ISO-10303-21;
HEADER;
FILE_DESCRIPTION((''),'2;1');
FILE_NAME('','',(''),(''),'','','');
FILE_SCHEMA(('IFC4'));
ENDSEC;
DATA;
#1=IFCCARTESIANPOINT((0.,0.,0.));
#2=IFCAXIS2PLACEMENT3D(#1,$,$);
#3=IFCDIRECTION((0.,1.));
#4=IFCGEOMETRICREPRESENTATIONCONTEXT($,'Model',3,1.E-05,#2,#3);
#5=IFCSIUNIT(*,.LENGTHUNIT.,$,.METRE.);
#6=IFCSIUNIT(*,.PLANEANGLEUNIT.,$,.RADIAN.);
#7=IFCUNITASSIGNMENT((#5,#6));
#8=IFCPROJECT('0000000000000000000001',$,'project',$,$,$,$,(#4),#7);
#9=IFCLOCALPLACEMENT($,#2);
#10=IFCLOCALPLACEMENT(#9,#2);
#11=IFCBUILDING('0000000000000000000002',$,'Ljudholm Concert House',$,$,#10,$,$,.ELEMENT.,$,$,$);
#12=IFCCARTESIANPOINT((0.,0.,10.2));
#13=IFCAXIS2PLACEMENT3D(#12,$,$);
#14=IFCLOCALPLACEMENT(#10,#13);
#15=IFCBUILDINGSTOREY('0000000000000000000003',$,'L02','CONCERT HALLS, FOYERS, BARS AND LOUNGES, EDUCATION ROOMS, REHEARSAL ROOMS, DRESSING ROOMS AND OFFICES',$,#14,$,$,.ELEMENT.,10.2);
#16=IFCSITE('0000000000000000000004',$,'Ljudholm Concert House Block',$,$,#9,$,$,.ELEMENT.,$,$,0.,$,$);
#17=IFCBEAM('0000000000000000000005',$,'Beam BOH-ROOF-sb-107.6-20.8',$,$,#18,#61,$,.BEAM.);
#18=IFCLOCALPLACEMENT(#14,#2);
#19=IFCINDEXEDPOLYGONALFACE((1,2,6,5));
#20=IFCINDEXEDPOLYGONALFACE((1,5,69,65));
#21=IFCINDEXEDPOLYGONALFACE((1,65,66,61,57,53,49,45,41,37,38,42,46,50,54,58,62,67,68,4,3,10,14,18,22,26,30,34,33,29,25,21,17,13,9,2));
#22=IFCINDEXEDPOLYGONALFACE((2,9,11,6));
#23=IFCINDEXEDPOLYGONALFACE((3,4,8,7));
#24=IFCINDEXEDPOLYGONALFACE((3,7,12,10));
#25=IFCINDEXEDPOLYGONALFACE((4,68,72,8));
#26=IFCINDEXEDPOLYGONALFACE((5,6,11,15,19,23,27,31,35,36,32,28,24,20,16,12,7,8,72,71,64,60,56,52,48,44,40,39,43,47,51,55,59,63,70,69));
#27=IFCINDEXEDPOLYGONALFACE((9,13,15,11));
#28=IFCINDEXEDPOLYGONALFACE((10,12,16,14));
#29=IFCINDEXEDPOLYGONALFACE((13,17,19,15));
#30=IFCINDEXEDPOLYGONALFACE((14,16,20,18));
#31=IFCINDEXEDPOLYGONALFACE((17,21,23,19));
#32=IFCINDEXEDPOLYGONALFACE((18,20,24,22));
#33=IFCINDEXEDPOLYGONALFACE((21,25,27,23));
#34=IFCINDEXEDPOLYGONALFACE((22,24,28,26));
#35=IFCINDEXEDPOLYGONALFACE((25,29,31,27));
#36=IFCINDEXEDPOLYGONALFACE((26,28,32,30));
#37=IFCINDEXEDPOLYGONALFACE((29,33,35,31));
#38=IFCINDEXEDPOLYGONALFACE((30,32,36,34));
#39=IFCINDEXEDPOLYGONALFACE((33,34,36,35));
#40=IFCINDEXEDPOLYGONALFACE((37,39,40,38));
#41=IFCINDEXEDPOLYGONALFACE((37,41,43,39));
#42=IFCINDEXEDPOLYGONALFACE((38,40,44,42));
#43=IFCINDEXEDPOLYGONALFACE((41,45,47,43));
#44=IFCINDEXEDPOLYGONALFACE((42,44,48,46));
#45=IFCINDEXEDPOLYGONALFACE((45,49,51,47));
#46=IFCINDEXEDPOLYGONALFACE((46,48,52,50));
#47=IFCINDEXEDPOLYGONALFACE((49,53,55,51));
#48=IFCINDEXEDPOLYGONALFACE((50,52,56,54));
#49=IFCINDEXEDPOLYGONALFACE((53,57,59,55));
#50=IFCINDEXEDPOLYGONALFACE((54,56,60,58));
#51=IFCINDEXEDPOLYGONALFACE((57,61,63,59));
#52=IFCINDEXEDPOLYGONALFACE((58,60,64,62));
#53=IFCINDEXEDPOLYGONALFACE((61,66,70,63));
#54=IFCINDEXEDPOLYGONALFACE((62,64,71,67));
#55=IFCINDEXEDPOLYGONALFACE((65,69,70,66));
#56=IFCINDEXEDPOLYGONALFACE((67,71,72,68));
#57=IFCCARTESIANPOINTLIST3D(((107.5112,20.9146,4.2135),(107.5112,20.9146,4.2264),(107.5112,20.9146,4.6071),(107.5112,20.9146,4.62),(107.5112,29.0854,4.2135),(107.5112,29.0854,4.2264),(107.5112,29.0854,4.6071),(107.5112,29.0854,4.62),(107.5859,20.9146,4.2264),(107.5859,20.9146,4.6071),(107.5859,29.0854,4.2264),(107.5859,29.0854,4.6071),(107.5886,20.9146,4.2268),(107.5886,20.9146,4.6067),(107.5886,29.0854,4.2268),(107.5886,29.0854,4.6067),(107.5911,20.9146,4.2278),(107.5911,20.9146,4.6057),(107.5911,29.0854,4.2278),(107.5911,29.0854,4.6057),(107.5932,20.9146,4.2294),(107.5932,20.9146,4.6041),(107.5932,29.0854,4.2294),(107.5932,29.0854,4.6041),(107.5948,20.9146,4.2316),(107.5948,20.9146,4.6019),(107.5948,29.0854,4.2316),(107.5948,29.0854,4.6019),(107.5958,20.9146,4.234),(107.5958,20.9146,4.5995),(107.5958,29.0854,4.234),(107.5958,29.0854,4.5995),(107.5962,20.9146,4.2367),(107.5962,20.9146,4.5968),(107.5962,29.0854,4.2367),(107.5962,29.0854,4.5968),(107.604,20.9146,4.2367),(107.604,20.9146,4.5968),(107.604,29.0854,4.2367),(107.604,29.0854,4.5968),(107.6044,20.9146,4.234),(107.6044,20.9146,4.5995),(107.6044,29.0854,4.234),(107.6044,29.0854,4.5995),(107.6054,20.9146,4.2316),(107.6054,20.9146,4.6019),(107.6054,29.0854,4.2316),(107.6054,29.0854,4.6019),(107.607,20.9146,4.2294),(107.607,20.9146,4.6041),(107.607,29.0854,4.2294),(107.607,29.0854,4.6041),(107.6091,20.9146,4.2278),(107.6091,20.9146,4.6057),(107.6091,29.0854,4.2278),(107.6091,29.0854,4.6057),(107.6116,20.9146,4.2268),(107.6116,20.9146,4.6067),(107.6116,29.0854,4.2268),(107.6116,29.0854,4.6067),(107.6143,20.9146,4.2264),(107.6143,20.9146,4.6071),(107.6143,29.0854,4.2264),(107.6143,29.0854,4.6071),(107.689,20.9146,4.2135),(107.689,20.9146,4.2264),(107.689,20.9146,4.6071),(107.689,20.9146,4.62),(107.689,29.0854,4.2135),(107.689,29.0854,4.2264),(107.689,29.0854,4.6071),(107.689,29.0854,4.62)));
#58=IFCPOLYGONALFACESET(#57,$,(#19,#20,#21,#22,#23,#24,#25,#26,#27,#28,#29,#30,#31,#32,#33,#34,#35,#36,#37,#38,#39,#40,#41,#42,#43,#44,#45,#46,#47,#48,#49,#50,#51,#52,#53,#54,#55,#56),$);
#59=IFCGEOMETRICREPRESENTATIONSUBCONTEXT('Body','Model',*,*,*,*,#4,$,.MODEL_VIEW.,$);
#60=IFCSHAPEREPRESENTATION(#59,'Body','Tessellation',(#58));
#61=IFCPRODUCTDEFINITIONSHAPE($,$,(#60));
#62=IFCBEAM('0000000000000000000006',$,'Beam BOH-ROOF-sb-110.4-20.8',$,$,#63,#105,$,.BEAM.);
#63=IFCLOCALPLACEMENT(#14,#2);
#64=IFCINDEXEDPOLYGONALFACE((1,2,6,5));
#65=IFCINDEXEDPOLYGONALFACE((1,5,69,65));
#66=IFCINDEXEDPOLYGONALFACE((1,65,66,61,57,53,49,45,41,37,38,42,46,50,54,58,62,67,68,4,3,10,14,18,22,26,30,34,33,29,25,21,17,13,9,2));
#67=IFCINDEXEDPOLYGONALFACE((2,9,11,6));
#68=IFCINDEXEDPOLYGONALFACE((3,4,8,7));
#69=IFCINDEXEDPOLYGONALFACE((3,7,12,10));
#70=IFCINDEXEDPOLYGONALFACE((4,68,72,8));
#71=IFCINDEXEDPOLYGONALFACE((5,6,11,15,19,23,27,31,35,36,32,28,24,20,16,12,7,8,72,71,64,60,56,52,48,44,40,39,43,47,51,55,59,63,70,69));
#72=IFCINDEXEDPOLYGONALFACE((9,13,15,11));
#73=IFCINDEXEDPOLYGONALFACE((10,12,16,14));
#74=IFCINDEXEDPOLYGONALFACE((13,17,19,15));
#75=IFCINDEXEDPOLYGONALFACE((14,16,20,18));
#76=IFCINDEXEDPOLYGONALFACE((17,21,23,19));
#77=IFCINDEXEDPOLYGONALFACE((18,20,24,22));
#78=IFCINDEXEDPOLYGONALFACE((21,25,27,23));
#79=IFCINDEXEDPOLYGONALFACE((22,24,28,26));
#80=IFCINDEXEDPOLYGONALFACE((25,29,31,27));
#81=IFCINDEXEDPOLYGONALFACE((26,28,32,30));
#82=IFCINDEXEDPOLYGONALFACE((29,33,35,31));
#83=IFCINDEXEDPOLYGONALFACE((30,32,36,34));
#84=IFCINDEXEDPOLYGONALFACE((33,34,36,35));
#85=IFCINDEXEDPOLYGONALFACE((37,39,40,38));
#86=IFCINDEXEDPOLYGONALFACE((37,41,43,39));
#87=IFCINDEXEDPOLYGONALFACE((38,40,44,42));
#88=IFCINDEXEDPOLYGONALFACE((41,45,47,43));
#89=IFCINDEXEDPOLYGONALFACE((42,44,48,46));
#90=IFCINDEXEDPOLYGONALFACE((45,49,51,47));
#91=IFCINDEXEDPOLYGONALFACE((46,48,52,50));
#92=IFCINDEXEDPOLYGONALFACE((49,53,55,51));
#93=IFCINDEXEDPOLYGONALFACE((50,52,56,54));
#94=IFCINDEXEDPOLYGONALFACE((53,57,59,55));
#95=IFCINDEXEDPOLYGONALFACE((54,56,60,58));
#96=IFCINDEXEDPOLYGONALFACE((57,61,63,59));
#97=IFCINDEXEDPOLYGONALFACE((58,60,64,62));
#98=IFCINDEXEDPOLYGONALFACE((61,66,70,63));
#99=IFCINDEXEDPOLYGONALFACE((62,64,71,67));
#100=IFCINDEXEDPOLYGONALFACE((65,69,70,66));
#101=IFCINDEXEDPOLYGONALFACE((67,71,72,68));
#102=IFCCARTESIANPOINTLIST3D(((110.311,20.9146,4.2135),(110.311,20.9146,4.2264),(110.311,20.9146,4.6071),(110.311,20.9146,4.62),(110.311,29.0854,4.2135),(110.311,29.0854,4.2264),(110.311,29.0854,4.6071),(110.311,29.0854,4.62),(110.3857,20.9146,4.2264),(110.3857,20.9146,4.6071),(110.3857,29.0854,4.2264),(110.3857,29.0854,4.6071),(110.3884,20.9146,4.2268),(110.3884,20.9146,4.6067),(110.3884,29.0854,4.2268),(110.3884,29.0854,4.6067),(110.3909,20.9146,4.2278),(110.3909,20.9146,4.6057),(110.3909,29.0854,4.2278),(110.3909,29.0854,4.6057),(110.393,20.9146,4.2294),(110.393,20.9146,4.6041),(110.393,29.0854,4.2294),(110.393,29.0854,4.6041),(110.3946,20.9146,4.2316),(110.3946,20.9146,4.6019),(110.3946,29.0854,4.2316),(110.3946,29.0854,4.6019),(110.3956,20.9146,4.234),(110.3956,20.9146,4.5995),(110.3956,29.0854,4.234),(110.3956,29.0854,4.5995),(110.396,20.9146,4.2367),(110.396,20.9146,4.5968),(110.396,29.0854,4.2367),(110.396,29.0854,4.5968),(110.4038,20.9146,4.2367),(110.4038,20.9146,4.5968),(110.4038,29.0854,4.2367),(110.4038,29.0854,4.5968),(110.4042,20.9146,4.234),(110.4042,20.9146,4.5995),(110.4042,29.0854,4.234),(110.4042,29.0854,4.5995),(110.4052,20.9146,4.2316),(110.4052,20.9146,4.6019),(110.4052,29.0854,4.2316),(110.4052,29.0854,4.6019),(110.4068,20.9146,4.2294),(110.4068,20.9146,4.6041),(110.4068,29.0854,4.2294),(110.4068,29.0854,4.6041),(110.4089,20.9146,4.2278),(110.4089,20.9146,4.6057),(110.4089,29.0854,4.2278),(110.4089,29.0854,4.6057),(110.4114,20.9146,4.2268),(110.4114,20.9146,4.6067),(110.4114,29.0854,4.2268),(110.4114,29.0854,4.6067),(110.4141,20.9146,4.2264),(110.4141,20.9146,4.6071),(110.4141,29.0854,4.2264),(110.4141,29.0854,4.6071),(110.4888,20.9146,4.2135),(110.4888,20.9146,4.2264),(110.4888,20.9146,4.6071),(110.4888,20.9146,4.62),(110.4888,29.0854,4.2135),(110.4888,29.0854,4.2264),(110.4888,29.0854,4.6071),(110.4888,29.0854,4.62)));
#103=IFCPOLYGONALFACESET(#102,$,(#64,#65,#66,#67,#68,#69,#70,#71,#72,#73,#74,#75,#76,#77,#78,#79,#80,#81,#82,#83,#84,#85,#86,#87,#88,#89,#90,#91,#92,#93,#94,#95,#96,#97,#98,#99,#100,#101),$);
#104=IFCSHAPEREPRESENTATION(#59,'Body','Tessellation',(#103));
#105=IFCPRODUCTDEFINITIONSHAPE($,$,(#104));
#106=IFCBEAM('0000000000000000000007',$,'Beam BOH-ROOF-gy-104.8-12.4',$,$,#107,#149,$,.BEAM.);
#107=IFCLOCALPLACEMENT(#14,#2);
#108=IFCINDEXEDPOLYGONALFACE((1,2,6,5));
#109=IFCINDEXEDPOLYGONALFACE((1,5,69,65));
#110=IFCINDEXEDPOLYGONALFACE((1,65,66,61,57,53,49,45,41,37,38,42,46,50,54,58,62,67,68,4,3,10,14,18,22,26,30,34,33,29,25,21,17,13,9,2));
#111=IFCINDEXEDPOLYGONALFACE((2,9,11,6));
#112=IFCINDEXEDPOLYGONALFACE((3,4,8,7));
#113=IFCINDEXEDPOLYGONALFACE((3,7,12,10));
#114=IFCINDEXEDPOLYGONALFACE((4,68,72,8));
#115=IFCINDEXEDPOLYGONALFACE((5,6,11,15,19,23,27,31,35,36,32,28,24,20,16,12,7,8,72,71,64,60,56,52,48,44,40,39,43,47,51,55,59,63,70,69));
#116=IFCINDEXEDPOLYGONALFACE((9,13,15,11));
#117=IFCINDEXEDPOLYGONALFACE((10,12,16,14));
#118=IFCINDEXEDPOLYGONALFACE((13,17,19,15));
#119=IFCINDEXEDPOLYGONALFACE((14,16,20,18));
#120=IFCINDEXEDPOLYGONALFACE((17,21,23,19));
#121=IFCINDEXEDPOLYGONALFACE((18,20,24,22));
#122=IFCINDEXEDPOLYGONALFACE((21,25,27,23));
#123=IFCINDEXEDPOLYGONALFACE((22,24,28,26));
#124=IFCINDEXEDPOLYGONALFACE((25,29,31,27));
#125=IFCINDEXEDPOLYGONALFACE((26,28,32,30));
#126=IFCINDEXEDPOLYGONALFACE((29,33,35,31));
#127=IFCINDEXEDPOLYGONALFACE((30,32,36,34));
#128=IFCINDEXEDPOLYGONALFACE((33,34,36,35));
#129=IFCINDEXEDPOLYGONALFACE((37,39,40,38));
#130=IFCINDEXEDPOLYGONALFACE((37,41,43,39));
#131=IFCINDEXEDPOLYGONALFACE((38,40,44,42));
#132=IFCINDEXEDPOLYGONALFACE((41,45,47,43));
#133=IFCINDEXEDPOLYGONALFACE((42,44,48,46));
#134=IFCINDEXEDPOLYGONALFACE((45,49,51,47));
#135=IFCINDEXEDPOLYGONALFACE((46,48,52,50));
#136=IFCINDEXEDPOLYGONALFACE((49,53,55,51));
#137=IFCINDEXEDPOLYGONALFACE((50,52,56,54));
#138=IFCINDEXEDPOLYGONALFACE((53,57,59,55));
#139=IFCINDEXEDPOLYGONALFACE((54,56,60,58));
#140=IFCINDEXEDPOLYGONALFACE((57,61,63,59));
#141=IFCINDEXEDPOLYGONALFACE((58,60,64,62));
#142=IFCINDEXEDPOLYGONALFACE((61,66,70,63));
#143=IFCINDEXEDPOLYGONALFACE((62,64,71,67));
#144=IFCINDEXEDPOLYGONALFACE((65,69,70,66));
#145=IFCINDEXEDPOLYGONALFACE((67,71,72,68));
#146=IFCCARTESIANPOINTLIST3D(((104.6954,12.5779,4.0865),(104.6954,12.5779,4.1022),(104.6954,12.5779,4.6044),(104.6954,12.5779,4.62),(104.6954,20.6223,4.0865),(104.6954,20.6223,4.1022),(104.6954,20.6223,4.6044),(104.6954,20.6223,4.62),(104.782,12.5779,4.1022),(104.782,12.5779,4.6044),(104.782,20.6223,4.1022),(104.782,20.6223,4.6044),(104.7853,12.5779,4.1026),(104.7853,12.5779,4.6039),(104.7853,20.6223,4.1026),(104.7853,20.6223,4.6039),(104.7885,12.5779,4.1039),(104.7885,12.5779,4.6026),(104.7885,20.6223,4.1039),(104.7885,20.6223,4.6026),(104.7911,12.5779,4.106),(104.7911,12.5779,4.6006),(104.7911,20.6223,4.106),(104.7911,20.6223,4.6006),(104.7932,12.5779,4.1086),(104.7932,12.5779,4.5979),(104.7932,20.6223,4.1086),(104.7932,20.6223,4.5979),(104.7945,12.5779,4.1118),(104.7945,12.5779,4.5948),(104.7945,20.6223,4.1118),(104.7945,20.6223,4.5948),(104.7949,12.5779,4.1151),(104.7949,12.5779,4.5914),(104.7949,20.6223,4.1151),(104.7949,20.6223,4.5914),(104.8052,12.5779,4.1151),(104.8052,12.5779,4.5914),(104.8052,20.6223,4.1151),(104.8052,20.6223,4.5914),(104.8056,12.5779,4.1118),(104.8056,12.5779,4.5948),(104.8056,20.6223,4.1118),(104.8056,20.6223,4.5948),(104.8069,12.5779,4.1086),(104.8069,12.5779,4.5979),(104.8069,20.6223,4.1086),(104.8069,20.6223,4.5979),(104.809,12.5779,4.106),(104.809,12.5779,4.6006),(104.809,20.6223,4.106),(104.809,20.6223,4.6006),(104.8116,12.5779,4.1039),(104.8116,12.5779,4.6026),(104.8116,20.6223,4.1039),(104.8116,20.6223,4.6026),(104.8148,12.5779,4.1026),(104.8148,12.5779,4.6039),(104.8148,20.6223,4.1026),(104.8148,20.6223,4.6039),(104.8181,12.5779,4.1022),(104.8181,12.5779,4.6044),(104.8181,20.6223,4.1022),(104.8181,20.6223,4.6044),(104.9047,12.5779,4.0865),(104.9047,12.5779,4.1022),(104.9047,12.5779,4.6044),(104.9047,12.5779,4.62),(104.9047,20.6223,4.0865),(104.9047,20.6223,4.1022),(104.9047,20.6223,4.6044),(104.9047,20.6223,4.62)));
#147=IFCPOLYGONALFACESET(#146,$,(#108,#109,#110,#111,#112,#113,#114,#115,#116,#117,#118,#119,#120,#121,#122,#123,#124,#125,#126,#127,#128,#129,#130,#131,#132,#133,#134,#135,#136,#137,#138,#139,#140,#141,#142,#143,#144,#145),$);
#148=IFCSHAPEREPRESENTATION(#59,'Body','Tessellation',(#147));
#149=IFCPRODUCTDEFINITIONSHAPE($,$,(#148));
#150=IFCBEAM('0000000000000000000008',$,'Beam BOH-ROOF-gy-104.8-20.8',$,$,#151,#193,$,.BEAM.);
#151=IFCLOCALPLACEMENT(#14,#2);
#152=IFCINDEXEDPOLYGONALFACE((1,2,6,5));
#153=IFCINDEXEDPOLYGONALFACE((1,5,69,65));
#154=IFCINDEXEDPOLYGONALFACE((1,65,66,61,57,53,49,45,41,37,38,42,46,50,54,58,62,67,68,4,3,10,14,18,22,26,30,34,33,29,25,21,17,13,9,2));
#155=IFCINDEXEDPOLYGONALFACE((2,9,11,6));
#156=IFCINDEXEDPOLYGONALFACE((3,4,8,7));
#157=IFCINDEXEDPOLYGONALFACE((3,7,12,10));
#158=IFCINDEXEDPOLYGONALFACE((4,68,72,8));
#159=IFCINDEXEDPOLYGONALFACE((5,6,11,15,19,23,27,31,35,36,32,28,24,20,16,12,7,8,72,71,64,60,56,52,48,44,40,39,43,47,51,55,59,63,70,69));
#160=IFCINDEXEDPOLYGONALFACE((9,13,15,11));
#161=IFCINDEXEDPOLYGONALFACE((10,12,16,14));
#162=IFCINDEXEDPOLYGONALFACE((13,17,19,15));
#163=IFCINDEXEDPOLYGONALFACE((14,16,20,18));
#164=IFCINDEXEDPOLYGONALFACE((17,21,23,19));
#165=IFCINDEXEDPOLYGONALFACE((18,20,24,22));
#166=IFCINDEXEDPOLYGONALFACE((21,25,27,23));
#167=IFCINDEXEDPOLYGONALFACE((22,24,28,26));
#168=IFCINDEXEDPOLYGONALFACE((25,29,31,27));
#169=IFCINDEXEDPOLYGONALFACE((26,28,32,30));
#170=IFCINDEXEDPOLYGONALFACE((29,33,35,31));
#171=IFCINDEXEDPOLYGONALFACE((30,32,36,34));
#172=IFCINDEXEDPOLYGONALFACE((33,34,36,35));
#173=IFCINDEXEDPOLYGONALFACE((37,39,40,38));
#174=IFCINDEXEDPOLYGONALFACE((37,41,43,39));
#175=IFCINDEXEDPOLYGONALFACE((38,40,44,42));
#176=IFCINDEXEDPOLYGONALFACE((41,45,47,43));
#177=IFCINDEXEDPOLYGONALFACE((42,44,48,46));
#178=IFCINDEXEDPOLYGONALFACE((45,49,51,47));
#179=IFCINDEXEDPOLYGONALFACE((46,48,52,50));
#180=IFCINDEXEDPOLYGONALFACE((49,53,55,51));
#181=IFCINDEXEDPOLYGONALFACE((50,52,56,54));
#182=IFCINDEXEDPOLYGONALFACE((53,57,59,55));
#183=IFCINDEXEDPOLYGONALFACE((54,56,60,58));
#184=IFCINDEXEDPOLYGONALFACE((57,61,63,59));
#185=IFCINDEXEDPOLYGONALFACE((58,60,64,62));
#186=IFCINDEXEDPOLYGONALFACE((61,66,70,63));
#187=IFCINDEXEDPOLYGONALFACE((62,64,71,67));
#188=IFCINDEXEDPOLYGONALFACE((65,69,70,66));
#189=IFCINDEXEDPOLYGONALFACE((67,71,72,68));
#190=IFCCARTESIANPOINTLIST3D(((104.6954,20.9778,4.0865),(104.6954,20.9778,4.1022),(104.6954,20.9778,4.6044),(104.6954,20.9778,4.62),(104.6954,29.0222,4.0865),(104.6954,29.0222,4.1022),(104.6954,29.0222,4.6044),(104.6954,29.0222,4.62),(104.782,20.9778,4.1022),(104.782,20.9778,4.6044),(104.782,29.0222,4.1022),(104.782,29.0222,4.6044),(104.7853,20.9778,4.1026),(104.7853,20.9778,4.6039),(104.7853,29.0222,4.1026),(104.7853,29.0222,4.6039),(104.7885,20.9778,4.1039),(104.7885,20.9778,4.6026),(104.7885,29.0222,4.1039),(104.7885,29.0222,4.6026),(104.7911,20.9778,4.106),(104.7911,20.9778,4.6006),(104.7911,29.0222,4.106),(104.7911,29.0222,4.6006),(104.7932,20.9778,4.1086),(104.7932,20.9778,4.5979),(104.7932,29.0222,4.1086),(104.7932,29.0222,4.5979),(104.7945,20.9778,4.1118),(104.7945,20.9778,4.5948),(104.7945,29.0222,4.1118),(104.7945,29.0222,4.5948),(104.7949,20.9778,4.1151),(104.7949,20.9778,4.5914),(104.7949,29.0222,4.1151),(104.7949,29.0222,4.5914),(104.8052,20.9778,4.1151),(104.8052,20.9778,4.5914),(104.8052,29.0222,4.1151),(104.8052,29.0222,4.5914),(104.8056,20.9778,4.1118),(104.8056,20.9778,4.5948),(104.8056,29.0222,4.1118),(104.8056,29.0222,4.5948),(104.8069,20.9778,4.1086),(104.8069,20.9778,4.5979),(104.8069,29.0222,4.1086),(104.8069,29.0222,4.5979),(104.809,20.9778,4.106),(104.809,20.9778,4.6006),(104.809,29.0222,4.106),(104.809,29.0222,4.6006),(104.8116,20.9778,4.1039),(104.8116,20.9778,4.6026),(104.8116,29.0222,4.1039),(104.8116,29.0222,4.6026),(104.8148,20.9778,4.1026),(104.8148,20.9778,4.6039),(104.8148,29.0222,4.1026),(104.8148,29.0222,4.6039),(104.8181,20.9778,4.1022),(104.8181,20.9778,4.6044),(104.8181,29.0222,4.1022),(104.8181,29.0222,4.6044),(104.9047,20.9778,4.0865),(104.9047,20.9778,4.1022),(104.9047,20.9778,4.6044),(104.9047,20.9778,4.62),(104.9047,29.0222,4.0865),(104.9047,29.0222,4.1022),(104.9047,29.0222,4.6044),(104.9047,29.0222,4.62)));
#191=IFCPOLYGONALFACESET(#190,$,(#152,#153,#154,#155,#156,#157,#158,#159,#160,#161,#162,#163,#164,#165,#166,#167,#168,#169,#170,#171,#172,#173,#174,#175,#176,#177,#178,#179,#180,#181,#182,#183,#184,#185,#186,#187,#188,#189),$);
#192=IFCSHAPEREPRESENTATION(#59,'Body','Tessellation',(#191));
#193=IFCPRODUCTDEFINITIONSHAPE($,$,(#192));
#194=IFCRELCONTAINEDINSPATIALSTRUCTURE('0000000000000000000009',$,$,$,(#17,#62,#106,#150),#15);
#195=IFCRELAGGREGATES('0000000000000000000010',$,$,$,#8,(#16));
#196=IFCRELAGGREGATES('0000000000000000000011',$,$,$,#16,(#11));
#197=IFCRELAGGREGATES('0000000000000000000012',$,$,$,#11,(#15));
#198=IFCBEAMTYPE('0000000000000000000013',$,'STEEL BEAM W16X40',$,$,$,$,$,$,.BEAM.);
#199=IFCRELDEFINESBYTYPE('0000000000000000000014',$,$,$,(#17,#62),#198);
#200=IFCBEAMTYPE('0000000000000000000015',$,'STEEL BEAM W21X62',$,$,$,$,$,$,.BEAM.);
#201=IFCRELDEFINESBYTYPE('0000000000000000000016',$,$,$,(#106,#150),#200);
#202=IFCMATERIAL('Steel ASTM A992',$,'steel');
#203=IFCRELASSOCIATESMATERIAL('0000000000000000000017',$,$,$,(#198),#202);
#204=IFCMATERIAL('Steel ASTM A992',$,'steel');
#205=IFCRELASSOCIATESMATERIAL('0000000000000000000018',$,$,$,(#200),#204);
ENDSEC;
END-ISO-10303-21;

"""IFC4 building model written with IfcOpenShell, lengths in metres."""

from ifc_helpers import new_model, si_unit, direction, frame, origin, origin_2d, place, context, subcontext, project, spatial, i_section, extrude, material, material_profile, profile_set, type_object, element, save


model = new_model("IFC4")

# Units and contexts
model_context = context("Model", 3, precision=1e-05, world=origin(), true_north=direction((0.0, 1.0)))
body_context = subcontext(model_context, "Body", "Model", "MODEL_VIEW")
ifc_project = project(units=[si_unit("LENGTHUNIT", "METRE"), si_unit("PLANEANGLEUNIT", "RADIAN")], contexts=[model_context])

# Site, building, storey
site_placement = place(None, origin())
site = spatial("IfcSite", under=ifc_project, at=site_placement, Name="Ljudholm Concert House Block", CompositionType="ELEMENT", RefElevation=0.0)
building_placement = place(site_placement, origin())
building = spatial("IfcBuilding", under=site, at=building_placement, Name="Ljudholm Concert House", CompositionType="ELEMENT")
storey_placement = place(building_placement, frame((0.0, 0.0, 10.2)))
storey = spatial("IfcBuildingStorey", under=building, at=storey_placement, Name="L02", Description="CONCERT HALLS, FOYERS, BARS AND LOUNGES, EDUCATION ROOMS, REHEARSAL ROOMS, DRESSING ROOMS AND OFFICES", CompositionType="ELEMENT", Elevation=10.2)

# Beams
ifc_material_1 = material(Name="Steel ASTM A992", Category="steel")
ifc_material_profile_1 = material_profile(ifc_material_1, i_section(OverallWidth=0.1777, OverallDepth=0.4065, WebThickness=0.0078, FlangeThickness=0.0129, FilletRadius=0.0103, at=origin_2d()), Name="W16X40")
ifc_profile_set_1 = profile_set([ifc_material_profile_1], Name="Steel ASTM A992")
beam_type_1 = type_object("IfcBeamType", Name="STEEL BEAM W16X40", PredefinedType="BEAM", material=ifc_profile_set_1)
for number, where, z_axis, x_axis, name in (
    (1, (107.6001, 20.9146, 4.4167), (0.0, 1.0, 0.0), (-1.0, 0.0, 0.0), "Beam BOH-ROOF-sb-107.6-20.8"),
    (2, (110.3999, 20.9146, 4.4167), (0.0, 1.0, 0.0), (-1.0, 0.0, 0.0), "Beam BOH-ROOF-sb-110.4-20.8"),
):
    element("IfcBeam", number, at=place(storey_placement, frame(where, z_axis=z_axis, x_axis=x_axis)), inside=storey, type_object=beam_type_1, Name=name, PredefinedType="BEAM", context=body_context, shape_type="SweptSolid", body=[
        extrude(i_section(OverallWidth=0.1777, OverallDepth=0.4065, WebThickness=0.0078, FlangeThickness=0.0129, FilletRadius=0.0103, at=origin_2d()), origin(), (0.0, 0.0, 1.0), 8.1709),
    ])
ifc_material_2 = material(Name="Steel ASTM A992", Category="steel")
ifc_material_profile_2 = material_profile(ifc_material_2, i_section(OverallWidth=0.2092, OverallDepth=0.5334, WebThickness=0.0103, FlangeThickness=0.0156, FilletRadius=0.0129, at=origin_2d()), Name="W21X62")
ifc_profile_set_2 = profile_set([ifc_material_profile_2], Name="Steel ASTM A992")
beam_type_2 = type_object("IfcBeamType", Name="STEEL BEAM W21X62", PredefinedType="BEAM", material=ifc_profile_set_2)
for number, where, z_axis, x_axis, name in (
    (3, (104.8, 12.5779, 4.3533), (0.0, 1.0, 0.0), (-1.0, 0.0, 0.0), "Beam BOH-ROOF-gy-104.8-12.4"),
    (4, (104.8, 20.9778, 4.3533), (0.0, 1.0, 0.0), (-1.0, 0.0, 0.0), "Beam BOH-ROOF-gy-104.8-20.8"),
):
    element("IfcBeam", number, at=place(storey_placement, frame(where, z_axis=z_axis, x_axis=x_axis)), inside=storey, type_object=beam_type_2, Name=name, PredefinedType="BEAM", context=body_context, shape_type="SweptSolid", body=[
        extrude(i_section(OverallWidth=0.2092, OverallDepth=0.5334, WebThickness=0.0103, FlangeThickness=0.0156, FilletRadius=0.0129, at=origin_2d()), origin(), (0.0, 0.0, 1.0), 8.0444),
    ])

save(model, "model.ifc")
